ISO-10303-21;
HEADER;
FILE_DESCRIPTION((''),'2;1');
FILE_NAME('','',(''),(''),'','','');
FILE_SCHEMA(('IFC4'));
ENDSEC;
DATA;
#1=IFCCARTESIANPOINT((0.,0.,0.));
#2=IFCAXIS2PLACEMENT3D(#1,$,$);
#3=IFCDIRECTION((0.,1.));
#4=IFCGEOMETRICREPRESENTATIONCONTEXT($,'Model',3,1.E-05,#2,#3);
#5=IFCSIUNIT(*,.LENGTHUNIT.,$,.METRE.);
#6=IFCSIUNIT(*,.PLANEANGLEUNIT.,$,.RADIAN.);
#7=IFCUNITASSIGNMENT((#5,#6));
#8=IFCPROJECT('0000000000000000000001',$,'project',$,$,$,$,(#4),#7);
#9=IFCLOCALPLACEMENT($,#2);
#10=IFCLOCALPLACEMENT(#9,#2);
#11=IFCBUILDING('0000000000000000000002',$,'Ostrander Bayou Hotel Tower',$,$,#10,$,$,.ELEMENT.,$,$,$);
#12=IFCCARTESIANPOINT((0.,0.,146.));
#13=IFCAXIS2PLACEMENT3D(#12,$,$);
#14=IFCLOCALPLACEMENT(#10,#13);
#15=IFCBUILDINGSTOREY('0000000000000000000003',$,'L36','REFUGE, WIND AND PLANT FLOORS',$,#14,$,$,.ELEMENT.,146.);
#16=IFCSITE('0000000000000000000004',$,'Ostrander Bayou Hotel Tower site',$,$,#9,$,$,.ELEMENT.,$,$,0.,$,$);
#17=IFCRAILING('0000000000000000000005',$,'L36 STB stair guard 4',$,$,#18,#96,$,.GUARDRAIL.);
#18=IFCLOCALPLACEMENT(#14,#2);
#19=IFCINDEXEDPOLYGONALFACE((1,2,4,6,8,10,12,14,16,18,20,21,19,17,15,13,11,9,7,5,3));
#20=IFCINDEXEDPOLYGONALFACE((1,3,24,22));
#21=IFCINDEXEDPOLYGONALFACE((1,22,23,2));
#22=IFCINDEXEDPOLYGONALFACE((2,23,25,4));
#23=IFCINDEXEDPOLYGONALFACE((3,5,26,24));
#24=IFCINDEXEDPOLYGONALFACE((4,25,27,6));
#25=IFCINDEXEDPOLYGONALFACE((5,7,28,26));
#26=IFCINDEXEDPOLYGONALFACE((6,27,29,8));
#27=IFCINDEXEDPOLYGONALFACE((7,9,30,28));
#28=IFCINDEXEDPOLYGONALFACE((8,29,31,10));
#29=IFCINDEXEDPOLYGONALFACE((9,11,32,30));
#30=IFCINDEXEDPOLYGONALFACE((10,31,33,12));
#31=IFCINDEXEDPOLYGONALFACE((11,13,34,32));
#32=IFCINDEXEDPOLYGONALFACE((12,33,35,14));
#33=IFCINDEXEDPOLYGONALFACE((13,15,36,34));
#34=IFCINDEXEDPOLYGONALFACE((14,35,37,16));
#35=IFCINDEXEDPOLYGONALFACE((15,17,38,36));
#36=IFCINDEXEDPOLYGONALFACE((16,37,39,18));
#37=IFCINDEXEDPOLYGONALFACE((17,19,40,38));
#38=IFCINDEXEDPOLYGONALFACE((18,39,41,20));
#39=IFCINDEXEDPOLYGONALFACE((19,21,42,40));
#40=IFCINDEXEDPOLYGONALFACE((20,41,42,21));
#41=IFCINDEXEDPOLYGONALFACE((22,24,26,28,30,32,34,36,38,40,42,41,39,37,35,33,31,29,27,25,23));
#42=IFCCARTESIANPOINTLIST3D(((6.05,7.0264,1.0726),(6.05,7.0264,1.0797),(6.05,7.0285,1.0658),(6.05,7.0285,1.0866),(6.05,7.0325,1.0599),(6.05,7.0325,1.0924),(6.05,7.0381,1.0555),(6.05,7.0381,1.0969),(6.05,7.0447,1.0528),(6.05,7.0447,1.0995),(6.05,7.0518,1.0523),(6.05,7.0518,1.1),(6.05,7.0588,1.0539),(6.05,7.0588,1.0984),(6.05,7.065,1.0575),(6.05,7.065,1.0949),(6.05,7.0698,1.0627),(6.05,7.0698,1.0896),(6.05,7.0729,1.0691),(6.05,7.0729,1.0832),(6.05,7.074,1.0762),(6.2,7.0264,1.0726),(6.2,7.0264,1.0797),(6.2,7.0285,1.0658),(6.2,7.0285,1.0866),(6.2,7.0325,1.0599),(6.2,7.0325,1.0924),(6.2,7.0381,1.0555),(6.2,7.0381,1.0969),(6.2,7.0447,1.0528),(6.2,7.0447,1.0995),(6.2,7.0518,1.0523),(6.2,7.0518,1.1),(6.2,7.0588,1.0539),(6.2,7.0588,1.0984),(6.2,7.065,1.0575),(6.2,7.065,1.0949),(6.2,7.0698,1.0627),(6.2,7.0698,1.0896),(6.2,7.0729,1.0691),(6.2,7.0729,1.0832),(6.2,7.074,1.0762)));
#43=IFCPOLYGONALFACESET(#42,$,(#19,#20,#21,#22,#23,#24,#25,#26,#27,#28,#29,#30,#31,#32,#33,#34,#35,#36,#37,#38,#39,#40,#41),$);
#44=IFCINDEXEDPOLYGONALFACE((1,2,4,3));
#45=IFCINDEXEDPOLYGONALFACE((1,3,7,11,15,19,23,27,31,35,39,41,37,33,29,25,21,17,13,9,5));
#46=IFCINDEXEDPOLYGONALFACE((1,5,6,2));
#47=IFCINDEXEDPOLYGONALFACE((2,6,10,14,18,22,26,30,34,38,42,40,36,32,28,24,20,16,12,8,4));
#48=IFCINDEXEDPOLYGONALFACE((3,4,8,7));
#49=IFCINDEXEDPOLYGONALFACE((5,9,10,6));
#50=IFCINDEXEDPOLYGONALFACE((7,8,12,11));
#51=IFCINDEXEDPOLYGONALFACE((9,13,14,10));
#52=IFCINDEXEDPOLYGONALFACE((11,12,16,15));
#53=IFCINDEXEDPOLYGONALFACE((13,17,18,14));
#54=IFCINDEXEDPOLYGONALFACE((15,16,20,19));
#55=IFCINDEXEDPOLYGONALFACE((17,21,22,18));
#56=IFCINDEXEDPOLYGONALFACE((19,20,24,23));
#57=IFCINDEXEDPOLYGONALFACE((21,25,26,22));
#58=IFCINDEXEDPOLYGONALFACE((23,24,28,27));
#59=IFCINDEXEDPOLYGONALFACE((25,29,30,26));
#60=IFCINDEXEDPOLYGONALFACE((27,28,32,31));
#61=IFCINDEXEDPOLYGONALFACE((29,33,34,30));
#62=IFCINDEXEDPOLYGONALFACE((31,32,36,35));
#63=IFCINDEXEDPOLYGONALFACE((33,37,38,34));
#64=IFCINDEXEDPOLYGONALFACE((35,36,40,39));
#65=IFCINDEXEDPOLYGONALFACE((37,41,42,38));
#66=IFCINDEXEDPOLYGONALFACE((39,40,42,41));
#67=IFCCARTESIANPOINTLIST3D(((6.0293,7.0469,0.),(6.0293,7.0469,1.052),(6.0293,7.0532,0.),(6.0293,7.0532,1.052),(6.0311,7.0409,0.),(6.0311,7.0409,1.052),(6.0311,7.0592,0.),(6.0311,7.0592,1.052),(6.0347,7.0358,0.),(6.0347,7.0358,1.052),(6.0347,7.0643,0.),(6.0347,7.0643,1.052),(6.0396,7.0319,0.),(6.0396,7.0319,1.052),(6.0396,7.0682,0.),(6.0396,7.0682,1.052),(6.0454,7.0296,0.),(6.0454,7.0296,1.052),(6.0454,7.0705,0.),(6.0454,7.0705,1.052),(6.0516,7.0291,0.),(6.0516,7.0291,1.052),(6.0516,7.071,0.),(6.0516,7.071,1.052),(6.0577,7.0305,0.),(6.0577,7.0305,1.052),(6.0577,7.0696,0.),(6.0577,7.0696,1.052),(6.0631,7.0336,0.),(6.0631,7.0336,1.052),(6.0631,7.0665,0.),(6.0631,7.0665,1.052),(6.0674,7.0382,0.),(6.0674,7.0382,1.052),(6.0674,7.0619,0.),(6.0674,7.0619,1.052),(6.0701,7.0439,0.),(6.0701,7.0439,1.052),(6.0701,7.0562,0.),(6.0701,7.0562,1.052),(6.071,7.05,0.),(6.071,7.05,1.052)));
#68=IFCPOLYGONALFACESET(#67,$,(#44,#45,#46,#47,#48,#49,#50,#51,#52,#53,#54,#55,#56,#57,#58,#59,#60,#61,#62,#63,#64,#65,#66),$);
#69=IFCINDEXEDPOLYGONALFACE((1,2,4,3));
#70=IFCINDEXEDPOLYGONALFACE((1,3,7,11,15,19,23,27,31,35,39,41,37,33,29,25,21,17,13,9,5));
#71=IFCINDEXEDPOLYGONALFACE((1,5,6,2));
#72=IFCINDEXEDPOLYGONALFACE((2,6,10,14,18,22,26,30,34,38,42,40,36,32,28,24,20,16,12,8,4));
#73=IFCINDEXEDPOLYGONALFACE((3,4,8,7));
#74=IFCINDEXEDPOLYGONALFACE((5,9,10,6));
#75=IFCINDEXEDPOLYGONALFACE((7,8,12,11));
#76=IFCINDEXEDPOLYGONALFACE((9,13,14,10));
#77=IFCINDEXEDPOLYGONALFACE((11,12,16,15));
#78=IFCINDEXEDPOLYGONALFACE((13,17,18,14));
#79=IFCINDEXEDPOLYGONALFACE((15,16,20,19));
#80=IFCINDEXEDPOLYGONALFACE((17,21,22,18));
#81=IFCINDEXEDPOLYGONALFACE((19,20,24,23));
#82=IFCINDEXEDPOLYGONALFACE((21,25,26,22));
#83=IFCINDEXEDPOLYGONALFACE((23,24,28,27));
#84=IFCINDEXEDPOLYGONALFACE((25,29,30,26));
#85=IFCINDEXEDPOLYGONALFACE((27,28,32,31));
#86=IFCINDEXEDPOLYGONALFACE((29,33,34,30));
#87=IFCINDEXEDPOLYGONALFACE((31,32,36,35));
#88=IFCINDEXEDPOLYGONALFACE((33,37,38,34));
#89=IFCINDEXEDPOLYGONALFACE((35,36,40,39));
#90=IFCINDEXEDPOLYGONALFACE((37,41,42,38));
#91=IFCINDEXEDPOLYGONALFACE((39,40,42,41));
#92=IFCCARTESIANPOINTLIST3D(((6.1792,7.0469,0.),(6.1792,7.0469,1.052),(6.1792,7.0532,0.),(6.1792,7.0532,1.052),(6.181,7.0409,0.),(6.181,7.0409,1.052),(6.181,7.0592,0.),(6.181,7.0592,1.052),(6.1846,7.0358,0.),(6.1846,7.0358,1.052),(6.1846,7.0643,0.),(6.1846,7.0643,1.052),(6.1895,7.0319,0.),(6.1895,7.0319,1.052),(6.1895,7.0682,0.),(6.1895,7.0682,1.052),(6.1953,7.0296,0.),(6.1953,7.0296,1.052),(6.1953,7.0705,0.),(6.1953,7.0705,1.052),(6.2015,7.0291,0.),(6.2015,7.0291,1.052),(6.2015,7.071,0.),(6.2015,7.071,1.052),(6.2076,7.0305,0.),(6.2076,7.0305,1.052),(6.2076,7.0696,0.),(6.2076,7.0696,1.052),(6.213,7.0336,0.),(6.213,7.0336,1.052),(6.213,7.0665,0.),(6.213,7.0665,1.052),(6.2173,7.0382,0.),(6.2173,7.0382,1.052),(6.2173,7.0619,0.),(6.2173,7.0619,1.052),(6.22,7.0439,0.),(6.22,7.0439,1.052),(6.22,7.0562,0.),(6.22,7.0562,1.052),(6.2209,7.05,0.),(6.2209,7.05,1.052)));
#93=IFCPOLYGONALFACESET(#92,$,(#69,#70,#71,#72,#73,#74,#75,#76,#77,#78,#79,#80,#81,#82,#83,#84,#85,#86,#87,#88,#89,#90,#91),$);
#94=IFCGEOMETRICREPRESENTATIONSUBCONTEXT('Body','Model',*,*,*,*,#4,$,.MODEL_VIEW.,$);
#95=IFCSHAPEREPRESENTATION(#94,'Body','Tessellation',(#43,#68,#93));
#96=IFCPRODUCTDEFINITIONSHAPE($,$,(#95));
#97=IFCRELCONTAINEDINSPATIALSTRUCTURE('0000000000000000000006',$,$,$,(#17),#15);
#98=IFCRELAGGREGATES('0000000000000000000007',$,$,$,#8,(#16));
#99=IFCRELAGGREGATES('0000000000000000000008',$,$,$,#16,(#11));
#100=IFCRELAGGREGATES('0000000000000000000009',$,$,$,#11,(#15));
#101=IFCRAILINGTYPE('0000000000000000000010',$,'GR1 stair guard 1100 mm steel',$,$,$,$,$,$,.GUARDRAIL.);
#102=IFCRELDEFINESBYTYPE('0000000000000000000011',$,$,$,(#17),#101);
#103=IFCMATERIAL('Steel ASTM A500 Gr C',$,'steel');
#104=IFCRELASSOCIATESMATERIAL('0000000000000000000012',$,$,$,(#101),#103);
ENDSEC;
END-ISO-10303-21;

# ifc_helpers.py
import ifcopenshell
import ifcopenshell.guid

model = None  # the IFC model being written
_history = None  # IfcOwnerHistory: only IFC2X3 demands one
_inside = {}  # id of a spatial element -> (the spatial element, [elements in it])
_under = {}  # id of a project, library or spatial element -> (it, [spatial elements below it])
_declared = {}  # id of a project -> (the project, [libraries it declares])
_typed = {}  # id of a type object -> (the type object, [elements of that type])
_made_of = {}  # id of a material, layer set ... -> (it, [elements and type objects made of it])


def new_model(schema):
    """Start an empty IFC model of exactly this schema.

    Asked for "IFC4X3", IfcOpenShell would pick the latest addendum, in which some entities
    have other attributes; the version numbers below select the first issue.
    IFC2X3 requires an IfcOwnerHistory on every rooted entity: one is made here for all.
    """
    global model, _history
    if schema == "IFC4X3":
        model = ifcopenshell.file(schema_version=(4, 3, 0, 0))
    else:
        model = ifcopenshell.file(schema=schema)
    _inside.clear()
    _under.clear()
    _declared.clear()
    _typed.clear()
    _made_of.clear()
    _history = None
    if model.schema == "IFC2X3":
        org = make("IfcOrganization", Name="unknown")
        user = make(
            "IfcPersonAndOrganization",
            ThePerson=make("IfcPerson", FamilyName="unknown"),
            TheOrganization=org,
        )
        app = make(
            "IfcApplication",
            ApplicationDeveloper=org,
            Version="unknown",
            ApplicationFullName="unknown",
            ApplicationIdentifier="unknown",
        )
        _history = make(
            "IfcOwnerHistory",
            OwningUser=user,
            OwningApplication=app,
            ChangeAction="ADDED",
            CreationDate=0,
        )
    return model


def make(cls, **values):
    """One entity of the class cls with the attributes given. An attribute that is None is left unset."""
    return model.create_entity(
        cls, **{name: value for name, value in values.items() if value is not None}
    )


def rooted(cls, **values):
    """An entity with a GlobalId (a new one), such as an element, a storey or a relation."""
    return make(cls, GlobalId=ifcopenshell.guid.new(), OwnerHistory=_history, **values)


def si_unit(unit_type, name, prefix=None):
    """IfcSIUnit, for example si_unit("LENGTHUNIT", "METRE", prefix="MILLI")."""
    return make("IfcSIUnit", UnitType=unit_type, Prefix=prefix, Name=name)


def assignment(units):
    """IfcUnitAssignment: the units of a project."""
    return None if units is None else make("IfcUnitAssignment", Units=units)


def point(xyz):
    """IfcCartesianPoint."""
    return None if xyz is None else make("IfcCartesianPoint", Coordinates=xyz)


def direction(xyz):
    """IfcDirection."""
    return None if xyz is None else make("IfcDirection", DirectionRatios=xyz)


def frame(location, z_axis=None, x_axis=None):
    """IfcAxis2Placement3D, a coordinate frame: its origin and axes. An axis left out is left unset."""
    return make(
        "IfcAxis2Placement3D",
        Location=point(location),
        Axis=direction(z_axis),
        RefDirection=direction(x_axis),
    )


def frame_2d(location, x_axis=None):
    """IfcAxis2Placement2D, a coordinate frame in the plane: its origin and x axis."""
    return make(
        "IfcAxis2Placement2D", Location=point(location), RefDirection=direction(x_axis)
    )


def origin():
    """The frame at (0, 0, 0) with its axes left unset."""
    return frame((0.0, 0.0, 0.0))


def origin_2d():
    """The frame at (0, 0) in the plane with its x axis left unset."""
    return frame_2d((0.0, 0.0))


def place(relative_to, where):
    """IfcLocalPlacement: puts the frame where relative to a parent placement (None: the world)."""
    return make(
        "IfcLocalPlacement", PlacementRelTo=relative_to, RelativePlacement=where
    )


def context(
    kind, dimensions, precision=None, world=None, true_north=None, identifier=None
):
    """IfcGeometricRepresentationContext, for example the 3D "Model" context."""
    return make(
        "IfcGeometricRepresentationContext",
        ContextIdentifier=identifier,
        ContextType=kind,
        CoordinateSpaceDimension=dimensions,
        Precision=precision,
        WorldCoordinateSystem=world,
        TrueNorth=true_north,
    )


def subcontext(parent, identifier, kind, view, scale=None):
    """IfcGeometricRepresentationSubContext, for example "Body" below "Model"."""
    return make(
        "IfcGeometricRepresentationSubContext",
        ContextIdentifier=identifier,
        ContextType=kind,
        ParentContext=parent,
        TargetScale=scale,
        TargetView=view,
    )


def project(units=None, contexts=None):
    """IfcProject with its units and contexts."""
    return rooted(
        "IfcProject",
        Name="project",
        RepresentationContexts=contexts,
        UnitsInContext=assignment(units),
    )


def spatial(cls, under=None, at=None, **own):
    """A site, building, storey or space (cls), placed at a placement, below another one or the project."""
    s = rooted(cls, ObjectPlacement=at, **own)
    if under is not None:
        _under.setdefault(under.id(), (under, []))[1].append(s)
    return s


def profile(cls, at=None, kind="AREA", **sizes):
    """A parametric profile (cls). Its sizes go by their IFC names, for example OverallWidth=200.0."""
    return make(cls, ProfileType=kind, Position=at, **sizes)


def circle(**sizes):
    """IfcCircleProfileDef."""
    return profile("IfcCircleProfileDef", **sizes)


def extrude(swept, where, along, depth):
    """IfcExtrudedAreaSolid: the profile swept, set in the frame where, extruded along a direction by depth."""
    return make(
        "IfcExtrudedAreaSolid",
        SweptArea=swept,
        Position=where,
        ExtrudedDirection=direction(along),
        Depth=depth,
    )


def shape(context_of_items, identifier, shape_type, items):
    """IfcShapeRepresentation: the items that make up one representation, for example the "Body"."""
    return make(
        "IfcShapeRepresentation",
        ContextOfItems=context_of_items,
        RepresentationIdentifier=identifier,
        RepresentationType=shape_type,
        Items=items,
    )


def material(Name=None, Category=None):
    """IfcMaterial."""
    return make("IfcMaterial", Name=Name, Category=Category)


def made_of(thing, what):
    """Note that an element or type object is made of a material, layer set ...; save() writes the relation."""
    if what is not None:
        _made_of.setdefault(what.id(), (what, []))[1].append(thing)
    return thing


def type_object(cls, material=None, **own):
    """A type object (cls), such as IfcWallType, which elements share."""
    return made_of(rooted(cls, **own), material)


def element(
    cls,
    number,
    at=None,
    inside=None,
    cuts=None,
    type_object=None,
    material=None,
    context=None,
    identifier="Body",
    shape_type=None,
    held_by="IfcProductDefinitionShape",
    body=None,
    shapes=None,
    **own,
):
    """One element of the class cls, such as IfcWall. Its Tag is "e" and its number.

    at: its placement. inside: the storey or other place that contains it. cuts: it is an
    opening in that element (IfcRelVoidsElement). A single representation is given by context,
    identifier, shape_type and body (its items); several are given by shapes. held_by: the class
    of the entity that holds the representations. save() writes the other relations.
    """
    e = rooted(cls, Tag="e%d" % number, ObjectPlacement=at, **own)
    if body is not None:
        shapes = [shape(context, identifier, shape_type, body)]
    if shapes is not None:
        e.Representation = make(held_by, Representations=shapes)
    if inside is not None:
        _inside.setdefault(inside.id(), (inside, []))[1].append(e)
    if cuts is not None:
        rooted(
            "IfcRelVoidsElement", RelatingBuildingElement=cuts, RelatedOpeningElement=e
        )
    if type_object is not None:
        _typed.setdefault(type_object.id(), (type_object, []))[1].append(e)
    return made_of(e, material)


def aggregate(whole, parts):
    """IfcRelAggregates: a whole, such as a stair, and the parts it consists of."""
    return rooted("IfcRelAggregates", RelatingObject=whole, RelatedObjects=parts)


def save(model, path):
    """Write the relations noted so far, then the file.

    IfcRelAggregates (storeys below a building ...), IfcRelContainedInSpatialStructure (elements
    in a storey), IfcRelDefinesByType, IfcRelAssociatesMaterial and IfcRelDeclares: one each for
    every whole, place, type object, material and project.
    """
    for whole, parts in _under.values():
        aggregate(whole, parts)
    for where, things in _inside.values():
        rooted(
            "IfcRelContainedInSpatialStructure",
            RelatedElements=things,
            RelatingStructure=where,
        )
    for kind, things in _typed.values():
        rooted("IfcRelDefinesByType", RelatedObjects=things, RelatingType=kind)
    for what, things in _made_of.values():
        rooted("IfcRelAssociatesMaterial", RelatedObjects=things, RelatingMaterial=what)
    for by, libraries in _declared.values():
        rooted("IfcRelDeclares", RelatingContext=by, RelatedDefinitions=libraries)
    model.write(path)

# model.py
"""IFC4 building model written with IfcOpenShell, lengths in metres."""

from ifc_helpers import new_model, si_unit, direction, frame, origin, origin_2d, place, context, subcontext, project, spatial, circle, extrude, material, type_object, element, save


model = new_model("IFC4")

# Units and contexts
model_context = context("Model", 3, precision=1e-05, world=origin(), true_north=direction((0.0, 1.0)))
body_context = subcontext(model_context, "Body", "Model", "MODEL_VIEW")
ifc_project = project(units=[si_unit("LENGTHUNIT", "METRE"), si_unit("PLANEANGLEUNIT", "RADIAN")], contexts=[model_context])

# Site, building, storey
site_placement = place(None, origin())
site = spatial("IfcSite", under=ifc_project, at=site_placement, Name="Ostrander Bayou Hotel Tower site", CompositionType="ELEMENT", RefElevation=0.0)
building_placement = place(site_placement, origin())
building = spatial("IfcBuilding", under=site, at=building_placement, Name="Ostrander Bayou Hotel Tower", CompositionType="ELEMENT")
storey_placement = place(building_placement, frame((0.0, 0.0, 146.0)))
storey = spatial("IfcBuildingStorey", under=building, at=storey_placement, Name="L36", Description="REFUGE, WIND AND PLANT FLOORS", CompositionType="ELEMENT", Elevation=146.0)

# Railing
ifc_material_1 = material(Name="Steel ASTM A500 Gr C", Category="steel")
railing_type_1 = type_object("IfcRailingType", Name="GR1 stair guard 1100 mm steel", PredefinedType="GUARDRAIL", material=ifc_material_1)
railing_1_placement = place(storey_placement, frame((6.05, 7.05, 0.0)))
element("IfcRailing", 1, at=railing_1_placement, inside=storey, type_object=railing_type_1, Name="L36 STB stair guard 4", PredefinedType="GUARDRAIL", context=body_context, shape_type="SweptSolid", body=[
    extrude(circle(Radius=0.0239, at=origin_2d()), frame((0.0, 0.0, 1.0762), z_axis=(1.0, 0.0, 0.0), x_axis=(0.0, 1.0, 0.0)), (0.0, 0.0, 1.0), 0.1499),
    extrude(circle(Radius=0.021, at=origin_2d()), origin(), (0.0, 0.0, 1.0), 1.052),
    extrude(circle(Radius=0.021, at=origin_2d()), frame((0.1499, 0.0, 0.0)), (0.0, 0.0, 1.0), 1.052),
])

save(model, "model.ifc")
